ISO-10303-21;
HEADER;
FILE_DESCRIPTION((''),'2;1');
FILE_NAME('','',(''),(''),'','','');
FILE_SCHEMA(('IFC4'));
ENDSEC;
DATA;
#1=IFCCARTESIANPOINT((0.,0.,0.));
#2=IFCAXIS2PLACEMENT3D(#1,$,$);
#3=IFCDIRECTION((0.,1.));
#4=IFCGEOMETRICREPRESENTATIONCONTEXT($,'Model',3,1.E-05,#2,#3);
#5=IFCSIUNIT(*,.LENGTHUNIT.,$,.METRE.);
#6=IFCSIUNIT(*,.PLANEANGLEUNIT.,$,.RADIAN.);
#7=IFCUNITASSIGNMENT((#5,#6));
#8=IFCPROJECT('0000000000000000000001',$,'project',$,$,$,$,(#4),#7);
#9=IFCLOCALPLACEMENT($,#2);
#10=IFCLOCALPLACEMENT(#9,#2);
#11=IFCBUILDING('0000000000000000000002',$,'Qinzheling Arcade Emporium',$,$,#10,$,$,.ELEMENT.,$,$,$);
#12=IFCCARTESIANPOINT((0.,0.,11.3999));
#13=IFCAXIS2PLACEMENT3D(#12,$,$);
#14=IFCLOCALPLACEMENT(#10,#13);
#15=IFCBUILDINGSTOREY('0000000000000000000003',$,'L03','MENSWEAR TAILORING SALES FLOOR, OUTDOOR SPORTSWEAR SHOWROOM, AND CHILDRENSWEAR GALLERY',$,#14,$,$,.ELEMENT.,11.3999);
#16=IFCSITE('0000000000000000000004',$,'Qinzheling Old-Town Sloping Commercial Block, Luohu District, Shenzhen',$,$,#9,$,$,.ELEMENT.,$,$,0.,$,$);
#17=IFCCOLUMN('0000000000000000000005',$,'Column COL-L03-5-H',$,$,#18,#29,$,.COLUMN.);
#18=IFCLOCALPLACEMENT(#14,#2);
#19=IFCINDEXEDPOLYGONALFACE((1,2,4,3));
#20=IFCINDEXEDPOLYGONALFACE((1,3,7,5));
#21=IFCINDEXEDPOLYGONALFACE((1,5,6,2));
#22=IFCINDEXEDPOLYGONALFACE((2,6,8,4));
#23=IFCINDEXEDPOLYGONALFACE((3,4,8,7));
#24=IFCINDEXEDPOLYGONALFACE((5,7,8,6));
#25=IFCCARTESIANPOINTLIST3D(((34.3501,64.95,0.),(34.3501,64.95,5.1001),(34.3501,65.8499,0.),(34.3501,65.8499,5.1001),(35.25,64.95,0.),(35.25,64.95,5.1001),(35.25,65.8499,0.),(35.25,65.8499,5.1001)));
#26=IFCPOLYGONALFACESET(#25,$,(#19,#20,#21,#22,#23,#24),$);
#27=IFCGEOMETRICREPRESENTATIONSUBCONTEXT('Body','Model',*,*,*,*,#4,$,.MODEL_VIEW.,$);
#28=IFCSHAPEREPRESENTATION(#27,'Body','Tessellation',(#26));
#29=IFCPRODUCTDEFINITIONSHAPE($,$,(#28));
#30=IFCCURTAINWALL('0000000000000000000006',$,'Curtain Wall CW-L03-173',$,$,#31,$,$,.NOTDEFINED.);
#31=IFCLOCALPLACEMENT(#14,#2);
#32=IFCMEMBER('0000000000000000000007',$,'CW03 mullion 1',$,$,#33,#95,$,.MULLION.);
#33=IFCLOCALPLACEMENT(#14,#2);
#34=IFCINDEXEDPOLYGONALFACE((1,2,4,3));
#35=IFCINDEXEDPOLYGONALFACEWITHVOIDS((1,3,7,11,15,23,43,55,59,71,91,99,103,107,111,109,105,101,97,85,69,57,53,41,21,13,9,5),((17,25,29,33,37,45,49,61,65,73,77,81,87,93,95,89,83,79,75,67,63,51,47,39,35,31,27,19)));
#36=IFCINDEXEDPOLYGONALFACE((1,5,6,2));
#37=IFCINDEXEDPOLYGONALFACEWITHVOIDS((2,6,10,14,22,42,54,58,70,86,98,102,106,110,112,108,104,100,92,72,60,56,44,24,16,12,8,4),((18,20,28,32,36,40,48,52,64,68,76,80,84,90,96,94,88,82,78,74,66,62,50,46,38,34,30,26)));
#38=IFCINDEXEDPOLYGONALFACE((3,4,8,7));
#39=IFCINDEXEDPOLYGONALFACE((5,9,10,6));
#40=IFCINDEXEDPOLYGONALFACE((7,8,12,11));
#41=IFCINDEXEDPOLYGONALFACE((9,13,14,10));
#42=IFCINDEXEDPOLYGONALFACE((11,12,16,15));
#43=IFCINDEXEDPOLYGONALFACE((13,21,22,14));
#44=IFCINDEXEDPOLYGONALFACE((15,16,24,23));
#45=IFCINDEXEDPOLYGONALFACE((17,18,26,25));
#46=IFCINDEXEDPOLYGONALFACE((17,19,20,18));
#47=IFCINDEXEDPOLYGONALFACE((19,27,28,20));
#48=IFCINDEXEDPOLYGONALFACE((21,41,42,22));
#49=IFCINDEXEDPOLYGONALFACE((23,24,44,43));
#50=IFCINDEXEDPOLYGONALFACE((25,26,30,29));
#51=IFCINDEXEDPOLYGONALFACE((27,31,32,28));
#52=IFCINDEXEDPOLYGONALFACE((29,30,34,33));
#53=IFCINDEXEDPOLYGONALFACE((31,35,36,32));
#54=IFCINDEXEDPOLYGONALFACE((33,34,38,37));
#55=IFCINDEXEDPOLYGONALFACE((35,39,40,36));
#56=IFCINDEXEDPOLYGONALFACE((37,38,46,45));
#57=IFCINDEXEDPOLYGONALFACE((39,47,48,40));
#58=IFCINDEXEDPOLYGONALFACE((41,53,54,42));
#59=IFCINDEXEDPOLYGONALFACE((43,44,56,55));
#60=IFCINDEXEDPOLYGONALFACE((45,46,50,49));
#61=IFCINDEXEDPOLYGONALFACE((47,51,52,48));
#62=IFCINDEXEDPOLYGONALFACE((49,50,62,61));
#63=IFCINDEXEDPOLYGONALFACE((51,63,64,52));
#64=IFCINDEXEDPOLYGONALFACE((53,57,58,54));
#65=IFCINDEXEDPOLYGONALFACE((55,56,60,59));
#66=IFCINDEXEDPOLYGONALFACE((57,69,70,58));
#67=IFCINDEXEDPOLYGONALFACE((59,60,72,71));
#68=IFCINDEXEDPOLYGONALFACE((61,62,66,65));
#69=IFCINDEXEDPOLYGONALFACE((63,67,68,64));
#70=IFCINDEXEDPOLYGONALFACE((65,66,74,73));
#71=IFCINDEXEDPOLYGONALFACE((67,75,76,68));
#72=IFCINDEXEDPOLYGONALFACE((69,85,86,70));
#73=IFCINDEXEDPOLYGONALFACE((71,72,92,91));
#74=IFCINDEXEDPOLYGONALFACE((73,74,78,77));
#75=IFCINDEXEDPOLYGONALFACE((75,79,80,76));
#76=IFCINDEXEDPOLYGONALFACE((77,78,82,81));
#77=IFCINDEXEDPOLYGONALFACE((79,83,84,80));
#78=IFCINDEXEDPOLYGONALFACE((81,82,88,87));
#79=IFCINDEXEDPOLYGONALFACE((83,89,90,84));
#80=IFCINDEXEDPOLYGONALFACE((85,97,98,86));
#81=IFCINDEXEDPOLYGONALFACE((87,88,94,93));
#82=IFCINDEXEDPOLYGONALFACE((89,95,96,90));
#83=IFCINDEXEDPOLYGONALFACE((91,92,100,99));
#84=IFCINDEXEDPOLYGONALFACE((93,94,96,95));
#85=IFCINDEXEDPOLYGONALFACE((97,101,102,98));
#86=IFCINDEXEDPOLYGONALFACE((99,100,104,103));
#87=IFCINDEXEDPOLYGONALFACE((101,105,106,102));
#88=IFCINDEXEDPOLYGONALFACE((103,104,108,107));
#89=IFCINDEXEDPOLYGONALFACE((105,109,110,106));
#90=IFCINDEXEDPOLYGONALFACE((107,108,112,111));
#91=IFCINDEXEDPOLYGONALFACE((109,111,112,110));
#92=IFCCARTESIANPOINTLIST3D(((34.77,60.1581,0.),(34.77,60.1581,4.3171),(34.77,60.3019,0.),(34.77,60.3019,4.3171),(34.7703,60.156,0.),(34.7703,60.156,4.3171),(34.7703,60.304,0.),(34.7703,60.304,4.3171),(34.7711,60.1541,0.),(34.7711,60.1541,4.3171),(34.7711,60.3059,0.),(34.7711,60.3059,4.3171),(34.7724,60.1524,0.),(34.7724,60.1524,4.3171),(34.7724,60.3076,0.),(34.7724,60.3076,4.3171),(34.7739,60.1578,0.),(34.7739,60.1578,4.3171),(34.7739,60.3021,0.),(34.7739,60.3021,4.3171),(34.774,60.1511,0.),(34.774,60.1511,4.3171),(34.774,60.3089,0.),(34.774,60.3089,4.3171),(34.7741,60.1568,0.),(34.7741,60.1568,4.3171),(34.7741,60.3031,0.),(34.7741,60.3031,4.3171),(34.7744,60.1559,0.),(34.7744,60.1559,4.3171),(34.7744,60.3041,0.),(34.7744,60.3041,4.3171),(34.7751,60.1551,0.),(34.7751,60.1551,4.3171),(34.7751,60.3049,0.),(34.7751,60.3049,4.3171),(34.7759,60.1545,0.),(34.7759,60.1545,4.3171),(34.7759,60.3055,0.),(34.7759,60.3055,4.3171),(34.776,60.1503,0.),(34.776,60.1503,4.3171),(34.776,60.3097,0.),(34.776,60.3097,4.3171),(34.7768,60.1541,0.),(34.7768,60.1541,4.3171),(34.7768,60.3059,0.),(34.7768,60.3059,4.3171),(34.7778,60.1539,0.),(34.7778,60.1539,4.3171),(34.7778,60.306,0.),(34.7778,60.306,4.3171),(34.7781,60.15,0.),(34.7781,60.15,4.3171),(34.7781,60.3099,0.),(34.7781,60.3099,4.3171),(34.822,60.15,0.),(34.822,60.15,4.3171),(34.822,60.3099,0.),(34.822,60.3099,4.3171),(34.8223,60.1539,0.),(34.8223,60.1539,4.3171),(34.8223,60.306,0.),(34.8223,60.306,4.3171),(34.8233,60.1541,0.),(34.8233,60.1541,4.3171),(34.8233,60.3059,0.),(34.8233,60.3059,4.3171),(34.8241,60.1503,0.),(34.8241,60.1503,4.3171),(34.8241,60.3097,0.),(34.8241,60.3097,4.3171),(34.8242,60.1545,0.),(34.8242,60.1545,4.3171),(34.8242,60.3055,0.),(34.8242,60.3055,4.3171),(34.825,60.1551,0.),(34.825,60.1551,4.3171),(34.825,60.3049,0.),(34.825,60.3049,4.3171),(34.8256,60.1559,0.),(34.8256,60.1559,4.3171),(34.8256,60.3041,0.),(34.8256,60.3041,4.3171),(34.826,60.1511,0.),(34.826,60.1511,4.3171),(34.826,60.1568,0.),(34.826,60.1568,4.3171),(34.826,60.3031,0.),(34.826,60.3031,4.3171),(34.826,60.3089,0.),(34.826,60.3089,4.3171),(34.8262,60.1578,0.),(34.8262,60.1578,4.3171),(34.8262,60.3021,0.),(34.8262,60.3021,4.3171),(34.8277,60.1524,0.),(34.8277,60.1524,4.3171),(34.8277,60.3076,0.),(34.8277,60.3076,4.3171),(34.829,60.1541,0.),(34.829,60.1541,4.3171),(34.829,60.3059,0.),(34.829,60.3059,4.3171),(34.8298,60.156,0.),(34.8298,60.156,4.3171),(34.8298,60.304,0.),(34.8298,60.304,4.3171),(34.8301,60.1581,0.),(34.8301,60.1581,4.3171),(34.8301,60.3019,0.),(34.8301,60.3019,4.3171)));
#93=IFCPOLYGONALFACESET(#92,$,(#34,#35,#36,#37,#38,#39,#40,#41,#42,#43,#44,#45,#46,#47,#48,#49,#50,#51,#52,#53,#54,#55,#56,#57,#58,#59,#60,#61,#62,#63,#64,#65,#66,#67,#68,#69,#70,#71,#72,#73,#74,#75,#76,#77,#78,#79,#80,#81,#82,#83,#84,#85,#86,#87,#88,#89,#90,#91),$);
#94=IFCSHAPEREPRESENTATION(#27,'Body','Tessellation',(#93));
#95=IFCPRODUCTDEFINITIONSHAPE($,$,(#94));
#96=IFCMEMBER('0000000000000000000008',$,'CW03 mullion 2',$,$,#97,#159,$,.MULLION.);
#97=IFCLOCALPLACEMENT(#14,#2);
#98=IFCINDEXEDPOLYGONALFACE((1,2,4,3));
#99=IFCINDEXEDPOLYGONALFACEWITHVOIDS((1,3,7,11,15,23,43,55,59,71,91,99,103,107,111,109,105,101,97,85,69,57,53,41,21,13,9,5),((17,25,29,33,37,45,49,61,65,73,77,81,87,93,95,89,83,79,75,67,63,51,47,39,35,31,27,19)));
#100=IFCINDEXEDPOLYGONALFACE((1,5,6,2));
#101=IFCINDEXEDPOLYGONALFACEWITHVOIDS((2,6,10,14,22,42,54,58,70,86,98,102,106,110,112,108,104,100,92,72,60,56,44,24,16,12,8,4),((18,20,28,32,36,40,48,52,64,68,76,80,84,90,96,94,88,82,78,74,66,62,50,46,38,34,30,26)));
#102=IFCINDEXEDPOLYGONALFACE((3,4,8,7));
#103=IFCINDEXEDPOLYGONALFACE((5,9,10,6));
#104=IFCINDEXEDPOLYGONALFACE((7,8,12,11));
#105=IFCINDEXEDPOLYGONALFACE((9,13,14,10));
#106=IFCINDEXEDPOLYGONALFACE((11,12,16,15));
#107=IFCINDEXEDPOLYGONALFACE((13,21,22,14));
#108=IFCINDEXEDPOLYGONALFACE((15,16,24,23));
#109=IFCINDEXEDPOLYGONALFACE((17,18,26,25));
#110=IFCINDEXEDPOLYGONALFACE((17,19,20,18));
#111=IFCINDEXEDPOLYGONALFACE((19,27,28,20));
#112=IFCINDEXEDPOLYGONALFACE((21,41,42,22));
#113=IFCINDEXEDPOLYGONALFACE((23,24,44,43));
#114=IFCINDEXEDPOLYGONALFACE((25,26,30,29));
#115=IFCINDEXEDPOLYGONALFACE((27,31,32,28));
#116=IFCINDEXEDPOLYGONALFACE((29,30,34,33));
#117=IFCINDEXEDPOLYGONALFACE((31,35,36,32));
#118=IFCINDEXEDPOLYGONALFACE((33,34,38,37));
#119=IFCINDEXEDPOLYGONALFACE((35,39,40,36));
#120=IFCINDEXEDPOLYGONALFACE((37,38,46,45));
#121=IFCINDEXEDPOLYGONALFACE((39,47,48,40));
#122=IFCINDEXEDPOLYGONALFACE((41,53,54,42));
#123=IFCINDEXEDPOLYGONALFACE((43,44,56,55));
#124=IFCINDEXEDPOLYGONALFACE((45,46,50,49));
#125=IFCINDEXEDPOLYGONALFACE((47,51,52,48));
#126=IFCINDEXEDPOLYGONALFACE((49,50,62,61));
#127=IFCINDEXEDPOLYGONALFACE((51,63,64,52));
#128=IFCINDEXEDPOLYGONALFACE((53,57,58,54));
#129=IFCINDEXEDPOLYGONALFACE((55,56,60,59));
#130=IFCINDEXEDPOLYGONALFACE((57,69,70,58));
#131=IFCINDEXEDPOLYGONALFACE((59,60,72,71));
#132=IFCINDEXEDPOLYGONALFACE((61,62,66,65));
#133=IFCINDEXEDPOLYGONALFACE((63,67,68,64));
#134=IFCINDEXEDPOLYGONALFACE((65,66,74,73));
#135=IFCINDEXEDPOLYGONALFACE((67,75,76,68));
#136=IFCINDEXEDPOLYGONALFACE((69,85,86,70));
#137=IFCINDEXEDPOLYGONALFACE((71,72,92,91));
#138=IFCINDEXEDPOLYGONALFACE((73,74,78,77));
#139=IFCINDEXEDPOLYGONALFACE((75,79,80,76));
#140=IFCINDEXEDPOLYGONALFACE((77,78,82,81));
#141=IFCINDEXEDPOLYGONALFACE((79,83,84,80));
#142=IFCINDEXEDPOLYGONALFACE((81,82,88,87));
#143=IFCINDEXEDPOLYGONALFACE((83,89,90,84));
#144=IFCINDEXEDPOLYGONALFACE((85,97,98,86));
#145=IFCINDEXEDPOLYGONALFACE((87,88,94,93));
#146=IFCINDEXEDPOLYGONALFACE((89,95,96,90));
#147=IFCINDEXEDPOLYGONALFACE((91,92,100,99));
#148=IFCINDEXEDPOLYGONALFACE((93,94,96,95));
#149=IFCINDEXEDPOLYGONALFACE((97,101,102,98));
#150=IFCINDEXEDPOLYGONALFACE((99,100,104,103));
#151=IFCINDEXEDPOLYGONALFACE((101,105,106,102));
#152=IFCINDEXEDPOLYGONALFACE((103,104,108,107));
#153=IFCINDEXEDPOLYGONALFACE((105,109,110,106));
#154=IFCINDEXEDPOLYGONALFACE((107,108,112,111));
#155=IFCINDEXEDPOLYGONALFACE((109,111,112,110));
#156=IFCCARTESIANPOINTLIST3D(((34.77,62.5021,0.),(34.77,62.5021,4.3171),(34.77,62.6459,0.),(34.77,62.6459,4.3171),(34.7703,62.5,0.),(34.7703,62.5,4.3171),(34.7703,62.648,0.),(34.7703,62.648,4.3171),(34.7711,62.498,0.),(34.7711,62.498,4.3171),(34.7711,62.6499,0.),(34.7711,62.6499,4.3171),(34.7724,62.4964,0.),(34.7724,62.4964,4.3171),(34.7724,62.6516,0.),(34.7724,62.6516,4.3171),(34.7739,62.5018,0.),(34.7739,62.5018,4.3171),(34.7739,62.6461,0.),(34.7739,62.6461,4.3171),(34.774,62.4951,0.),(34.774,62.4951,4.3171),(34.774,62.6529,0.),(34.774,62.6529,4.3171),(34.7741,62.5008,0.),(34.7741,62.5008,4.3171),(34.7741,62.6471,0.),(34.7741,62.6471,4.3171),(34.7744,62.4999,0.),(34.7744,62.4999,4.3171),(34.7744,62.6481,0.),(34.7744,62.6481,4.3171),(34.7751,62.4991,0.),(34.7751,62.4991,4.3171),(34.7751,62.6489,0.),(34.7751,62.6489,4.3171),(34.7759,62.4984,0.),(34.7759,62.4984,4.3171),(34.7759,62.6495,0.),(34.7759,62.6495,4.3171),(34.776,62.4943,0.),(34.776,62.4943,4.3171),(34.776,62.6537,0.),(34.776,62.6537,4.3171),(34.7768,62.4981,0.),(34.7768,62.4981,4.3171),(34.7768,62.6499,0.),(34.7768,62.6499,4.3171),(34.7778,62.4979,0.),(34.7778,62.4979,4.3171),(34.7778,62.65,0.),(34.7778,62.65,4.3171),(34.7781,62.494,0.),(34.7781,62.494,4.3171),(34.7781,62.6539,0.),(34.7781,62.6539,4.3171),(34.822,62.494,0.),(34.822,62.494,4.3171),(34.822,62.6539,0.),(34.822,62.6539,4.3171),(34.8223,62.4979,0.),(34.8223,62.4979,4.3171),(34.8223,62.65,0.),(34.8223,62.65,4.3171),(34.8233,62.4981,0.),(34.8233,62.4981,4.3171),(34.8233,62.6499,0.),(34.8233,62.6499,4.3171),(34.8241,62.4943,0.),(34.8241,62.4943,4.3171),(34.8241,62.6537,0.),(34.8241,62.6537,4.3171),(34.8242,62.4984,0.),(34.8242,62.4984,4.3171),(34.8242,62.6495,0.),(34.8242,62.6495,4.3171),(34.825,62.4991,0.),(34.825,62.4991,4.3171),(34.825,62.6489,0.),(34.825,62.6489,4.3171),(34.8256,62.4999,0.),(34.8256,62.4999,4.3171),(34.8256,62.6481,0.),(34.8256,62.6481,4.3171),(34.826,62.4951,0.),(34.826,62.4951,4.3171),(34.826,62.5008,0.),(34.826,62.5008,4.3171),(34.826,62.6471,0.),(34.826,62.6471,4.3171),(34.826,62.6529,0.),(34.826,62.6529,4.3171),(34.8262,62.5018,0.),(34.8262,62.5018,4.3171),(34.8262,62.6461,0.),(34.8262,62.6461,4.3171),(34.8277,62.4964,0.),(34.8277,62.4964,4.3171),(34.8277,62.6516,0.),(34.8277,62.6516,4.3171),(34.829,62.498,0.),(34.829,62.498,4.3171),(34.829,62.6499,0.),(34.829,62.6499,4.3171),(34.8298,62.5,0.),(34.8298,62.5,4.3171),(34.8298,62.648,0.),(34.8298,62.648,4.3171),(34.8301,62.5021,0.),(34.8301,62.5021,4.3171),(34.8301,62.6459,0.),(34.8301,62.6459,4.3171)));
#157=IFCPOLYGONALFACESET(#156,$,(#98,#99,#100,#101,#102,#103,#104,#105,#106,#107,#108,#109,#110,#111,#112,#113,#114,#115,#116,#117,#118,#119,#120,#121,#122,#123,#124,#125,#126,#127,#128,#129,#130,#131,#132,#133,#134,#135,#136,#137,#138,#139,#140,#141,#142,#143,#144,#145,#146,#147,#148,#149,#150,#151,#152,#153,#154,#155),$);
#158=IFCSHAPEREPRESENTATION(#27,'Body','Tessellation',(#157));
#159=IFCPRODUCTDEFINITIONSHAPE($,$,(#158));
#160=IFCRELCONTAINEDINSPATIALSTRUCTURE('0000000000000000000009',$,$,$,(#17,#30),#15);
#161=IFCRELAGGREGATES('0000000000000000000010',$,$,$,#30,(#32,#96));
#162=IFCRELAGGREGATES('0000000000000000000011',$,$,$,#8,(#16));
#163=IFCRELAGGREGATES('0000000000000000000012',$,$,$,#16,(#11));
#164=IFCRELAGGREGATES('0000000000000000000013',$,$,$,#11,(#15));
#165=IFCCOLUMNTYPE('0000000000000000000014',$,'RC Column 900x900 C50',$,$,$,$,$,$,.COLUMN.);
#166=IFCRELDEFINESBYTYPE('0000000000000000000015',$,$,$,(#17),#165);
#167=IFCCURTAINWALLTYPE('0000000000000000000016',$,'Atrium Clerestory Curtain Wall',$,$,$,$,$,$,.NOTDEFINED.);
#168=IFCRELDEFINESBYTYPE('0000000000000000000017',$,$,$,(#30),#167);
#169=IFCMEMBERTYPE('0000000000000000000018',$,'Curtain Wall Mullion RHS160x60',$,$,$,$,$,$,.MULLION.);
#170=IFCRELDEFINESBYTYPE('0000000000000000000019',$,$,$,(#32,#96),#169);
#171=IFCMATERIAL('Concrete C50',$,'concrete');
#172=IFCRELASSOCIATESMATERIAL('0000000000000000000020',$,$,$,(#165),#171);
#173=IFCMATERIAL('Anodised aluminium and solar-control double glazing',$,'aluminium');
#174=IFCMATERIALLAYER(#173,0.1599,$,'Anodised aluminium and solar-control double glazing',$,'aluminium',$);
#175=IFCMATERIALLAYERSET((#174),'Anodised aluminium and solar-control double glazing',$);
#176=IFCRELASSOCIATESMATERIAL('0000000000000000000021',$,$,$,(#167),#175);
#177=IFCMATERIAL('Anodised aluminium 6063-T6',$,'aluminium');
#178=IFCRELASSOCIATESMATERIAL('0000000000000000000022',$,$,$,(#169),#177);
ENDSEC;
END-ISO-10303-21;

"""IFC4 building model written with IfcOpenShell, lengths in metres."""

from ifc_helpers import new_model, si_unit, direction, frame, origin, origin_2d, place, context, subcontext, project, spatial, rectangle, hollow_rectangle, extrude, material, layer, layer_set, material_profile, profile_set, type_object, element, aggregate, save


model = new_model("IFC4")

# Units and contexts
model_context = context("Model", 3, precision=1e-05, world=origin(), true_north=direction((0.0, 1.0)))
body_context = subcontext(model_context, "Body", "Model", "MODEL_VIEW")
ifc_project = project(units=[si_unit("LENGTHUNIT", "METRE"), si_unit("PLANEANGLEUNIT", "RADIAN")], contexts=[model_context])

# Site, building, storey
site_placement = place(None, origin())
site = spatial("IfcSite", under=ifc_project, at=site_placement, Name="Qinzheling Old-Town Sloping Commercial Block, Luohu District, Shenzhen", CompositionType="ELEMENT", RefElevation=0.0)
building_placement = place(site_placement, origin())
building = spatial("IfcBuilding", under=site, at=building_placement, Name="Qinzheling Arcade Emporium", CompositionType="ELEMENT")
storey_placement = place(building_placement, frame((0.0, 0.0, 11.3999)))
storey = spatial("IfcBuildingStorey", under=building, at=storey_placement, Name="L03", Description="MENSWEAR TAILORING SALES FLOOR, OUTDOOR SPORTSWEAR SHOWROOM, AND CHILDRENSWEAR GALLERY", CompositionType="ELEMENT", Elevation=11.3999)

# Column
ifc_material_1 = material(Name="Concrete C50", Category="concrete")
ifc_material_profile_1 = material_profile(ifc_material_1, rectangle(XDim=0.8999, YDim=0.8999, at=origin_2d()), Name="RC 900x900", Category="concrete")
ifc_profile_set_1 = profile_set([ifc_material_profile_1], Name="Concrete C50")
column_type = type_object("IfcColumnType", Name="RC Column 900x900 C50", PredefinedType="COLUMN", material=ifc_profile_set_1)
column_placement = place(storey_placement, frame((34.8, 65.3999, 0.0), z_axis=(0.0, 0.0, 1.0), x_axis=(1.0, 0.0, 0.0)))
element("IfcColumn", 1, at=column_placement, inside=storey, type_object=column_type, Name="Column COL-L03-5-H", PredefinedType="COLUMN", context=body_context, shape_type="SweptSolid", body=[
    extrude(rectangle(XDim=0.8999, YDim=0.8999, at=origin_2d()), origin(), (0.0, 0.0, 1.0), 5.1001),
])

# Curtain wall, members
ifc_material_2 = material(Name="Anodised aluminium and solar-control double glazing", Category="aluminium")
ifc_layer_1 = layer(ifc_material_2, 0.1599, Name="Anodised aluminium and solar-control double glazing", Category="aluminium")
ifc_layer_set_1 = layer_set([ifc_layer_1], Name="Anodised aluminium and solar-control double glazing")
curtain_wall_type = type_object("IfcCurtainWallType", Name="Atrium Clerestory Curtain Wall", PredefinedType="NOTDEFINED", material=ifc_layer_set_1)
curtain_wall_placement = place(storey_placement, origin())
curtain_wall = element("IfcCurtainWall", 2, at=curtain_wall_placement, inside=storey, type_object=curtain_wall_type, Name="Curtain Wall CW-L03-173", PredefinedType="NOTDEFINED")
ifc_material_3 = material(Name="Anodised aluminium 6063-T6", Category="aluminium")
ifc_material_profile_2 = material_profile(ifc_material_3, hollow_rectangle(XDim=0.0601, YDim=0.1599, WallThickness=0.0039, InnerFilletRadius=0.0039, OuterFilletRadius=0.0081, at=origin_2d()), Name="RHS 160x60x4", Category="aluminium")
ifc_profile_set_2 = profile_set([ifc_material_profile_2], Name="Anodised aluminium 6063-T6")
member_type_1 = type_object("IfcMemberType", Name="Curtain Wall Mullion RHS160x60", PredefinedType="MULLION", material=ifc_profile_set_2)
member_1_placement = place(storey_placement, frame((34.8, 60.23, 0.0), z_axis=(0.0, 0.0, 1.0), x_axis=(-1.0, 0.0, 0.0)))
member_1 = element("IfcMember", 3, at=member_1_placement, type_object=member_type_1, Name="CW03 mullion 1", PredefinedType="MULLION", context=body_context, shape_type="SweptSolid", body=[
    extrude(hollow_rectangle(XDim=0.0601, YDim=0.1599, WallThickness=0.0039, InnerFilletRadius=0.0039, OuterFilletRadius=0.0081, at=origin_2d()), origin(), (0.0, 0.0, 1.0), 4.3171),
])
member_2_placement = place(storey_placement, frame((34.8, 62.574, 0.0), z_axis=(0.0, 0.0, 1.0), x_axis=(-1.0, 0.0, 0.0)))
member_2 = element("IfcMember", 4, at=member_2_placement, type_object=member_type_1, Name="CW03 mullion 2", PredefinedType="MULLION", context=body_context, shape_type="SweptSolid", body=[
    extrude(hollow_rectangle(XDim=0.0601, YDim=0.1599, WallThickness=0.0039, InnerFilletRadius=0.0039, OuterFilletRadius=0.0081, at=origin_2d()), origin(), (0.0, 0.0, 1.0), 4.3171),
])
aggregate(curtain_wall, [member_1, member_2])

save(model, "model.ifc")
